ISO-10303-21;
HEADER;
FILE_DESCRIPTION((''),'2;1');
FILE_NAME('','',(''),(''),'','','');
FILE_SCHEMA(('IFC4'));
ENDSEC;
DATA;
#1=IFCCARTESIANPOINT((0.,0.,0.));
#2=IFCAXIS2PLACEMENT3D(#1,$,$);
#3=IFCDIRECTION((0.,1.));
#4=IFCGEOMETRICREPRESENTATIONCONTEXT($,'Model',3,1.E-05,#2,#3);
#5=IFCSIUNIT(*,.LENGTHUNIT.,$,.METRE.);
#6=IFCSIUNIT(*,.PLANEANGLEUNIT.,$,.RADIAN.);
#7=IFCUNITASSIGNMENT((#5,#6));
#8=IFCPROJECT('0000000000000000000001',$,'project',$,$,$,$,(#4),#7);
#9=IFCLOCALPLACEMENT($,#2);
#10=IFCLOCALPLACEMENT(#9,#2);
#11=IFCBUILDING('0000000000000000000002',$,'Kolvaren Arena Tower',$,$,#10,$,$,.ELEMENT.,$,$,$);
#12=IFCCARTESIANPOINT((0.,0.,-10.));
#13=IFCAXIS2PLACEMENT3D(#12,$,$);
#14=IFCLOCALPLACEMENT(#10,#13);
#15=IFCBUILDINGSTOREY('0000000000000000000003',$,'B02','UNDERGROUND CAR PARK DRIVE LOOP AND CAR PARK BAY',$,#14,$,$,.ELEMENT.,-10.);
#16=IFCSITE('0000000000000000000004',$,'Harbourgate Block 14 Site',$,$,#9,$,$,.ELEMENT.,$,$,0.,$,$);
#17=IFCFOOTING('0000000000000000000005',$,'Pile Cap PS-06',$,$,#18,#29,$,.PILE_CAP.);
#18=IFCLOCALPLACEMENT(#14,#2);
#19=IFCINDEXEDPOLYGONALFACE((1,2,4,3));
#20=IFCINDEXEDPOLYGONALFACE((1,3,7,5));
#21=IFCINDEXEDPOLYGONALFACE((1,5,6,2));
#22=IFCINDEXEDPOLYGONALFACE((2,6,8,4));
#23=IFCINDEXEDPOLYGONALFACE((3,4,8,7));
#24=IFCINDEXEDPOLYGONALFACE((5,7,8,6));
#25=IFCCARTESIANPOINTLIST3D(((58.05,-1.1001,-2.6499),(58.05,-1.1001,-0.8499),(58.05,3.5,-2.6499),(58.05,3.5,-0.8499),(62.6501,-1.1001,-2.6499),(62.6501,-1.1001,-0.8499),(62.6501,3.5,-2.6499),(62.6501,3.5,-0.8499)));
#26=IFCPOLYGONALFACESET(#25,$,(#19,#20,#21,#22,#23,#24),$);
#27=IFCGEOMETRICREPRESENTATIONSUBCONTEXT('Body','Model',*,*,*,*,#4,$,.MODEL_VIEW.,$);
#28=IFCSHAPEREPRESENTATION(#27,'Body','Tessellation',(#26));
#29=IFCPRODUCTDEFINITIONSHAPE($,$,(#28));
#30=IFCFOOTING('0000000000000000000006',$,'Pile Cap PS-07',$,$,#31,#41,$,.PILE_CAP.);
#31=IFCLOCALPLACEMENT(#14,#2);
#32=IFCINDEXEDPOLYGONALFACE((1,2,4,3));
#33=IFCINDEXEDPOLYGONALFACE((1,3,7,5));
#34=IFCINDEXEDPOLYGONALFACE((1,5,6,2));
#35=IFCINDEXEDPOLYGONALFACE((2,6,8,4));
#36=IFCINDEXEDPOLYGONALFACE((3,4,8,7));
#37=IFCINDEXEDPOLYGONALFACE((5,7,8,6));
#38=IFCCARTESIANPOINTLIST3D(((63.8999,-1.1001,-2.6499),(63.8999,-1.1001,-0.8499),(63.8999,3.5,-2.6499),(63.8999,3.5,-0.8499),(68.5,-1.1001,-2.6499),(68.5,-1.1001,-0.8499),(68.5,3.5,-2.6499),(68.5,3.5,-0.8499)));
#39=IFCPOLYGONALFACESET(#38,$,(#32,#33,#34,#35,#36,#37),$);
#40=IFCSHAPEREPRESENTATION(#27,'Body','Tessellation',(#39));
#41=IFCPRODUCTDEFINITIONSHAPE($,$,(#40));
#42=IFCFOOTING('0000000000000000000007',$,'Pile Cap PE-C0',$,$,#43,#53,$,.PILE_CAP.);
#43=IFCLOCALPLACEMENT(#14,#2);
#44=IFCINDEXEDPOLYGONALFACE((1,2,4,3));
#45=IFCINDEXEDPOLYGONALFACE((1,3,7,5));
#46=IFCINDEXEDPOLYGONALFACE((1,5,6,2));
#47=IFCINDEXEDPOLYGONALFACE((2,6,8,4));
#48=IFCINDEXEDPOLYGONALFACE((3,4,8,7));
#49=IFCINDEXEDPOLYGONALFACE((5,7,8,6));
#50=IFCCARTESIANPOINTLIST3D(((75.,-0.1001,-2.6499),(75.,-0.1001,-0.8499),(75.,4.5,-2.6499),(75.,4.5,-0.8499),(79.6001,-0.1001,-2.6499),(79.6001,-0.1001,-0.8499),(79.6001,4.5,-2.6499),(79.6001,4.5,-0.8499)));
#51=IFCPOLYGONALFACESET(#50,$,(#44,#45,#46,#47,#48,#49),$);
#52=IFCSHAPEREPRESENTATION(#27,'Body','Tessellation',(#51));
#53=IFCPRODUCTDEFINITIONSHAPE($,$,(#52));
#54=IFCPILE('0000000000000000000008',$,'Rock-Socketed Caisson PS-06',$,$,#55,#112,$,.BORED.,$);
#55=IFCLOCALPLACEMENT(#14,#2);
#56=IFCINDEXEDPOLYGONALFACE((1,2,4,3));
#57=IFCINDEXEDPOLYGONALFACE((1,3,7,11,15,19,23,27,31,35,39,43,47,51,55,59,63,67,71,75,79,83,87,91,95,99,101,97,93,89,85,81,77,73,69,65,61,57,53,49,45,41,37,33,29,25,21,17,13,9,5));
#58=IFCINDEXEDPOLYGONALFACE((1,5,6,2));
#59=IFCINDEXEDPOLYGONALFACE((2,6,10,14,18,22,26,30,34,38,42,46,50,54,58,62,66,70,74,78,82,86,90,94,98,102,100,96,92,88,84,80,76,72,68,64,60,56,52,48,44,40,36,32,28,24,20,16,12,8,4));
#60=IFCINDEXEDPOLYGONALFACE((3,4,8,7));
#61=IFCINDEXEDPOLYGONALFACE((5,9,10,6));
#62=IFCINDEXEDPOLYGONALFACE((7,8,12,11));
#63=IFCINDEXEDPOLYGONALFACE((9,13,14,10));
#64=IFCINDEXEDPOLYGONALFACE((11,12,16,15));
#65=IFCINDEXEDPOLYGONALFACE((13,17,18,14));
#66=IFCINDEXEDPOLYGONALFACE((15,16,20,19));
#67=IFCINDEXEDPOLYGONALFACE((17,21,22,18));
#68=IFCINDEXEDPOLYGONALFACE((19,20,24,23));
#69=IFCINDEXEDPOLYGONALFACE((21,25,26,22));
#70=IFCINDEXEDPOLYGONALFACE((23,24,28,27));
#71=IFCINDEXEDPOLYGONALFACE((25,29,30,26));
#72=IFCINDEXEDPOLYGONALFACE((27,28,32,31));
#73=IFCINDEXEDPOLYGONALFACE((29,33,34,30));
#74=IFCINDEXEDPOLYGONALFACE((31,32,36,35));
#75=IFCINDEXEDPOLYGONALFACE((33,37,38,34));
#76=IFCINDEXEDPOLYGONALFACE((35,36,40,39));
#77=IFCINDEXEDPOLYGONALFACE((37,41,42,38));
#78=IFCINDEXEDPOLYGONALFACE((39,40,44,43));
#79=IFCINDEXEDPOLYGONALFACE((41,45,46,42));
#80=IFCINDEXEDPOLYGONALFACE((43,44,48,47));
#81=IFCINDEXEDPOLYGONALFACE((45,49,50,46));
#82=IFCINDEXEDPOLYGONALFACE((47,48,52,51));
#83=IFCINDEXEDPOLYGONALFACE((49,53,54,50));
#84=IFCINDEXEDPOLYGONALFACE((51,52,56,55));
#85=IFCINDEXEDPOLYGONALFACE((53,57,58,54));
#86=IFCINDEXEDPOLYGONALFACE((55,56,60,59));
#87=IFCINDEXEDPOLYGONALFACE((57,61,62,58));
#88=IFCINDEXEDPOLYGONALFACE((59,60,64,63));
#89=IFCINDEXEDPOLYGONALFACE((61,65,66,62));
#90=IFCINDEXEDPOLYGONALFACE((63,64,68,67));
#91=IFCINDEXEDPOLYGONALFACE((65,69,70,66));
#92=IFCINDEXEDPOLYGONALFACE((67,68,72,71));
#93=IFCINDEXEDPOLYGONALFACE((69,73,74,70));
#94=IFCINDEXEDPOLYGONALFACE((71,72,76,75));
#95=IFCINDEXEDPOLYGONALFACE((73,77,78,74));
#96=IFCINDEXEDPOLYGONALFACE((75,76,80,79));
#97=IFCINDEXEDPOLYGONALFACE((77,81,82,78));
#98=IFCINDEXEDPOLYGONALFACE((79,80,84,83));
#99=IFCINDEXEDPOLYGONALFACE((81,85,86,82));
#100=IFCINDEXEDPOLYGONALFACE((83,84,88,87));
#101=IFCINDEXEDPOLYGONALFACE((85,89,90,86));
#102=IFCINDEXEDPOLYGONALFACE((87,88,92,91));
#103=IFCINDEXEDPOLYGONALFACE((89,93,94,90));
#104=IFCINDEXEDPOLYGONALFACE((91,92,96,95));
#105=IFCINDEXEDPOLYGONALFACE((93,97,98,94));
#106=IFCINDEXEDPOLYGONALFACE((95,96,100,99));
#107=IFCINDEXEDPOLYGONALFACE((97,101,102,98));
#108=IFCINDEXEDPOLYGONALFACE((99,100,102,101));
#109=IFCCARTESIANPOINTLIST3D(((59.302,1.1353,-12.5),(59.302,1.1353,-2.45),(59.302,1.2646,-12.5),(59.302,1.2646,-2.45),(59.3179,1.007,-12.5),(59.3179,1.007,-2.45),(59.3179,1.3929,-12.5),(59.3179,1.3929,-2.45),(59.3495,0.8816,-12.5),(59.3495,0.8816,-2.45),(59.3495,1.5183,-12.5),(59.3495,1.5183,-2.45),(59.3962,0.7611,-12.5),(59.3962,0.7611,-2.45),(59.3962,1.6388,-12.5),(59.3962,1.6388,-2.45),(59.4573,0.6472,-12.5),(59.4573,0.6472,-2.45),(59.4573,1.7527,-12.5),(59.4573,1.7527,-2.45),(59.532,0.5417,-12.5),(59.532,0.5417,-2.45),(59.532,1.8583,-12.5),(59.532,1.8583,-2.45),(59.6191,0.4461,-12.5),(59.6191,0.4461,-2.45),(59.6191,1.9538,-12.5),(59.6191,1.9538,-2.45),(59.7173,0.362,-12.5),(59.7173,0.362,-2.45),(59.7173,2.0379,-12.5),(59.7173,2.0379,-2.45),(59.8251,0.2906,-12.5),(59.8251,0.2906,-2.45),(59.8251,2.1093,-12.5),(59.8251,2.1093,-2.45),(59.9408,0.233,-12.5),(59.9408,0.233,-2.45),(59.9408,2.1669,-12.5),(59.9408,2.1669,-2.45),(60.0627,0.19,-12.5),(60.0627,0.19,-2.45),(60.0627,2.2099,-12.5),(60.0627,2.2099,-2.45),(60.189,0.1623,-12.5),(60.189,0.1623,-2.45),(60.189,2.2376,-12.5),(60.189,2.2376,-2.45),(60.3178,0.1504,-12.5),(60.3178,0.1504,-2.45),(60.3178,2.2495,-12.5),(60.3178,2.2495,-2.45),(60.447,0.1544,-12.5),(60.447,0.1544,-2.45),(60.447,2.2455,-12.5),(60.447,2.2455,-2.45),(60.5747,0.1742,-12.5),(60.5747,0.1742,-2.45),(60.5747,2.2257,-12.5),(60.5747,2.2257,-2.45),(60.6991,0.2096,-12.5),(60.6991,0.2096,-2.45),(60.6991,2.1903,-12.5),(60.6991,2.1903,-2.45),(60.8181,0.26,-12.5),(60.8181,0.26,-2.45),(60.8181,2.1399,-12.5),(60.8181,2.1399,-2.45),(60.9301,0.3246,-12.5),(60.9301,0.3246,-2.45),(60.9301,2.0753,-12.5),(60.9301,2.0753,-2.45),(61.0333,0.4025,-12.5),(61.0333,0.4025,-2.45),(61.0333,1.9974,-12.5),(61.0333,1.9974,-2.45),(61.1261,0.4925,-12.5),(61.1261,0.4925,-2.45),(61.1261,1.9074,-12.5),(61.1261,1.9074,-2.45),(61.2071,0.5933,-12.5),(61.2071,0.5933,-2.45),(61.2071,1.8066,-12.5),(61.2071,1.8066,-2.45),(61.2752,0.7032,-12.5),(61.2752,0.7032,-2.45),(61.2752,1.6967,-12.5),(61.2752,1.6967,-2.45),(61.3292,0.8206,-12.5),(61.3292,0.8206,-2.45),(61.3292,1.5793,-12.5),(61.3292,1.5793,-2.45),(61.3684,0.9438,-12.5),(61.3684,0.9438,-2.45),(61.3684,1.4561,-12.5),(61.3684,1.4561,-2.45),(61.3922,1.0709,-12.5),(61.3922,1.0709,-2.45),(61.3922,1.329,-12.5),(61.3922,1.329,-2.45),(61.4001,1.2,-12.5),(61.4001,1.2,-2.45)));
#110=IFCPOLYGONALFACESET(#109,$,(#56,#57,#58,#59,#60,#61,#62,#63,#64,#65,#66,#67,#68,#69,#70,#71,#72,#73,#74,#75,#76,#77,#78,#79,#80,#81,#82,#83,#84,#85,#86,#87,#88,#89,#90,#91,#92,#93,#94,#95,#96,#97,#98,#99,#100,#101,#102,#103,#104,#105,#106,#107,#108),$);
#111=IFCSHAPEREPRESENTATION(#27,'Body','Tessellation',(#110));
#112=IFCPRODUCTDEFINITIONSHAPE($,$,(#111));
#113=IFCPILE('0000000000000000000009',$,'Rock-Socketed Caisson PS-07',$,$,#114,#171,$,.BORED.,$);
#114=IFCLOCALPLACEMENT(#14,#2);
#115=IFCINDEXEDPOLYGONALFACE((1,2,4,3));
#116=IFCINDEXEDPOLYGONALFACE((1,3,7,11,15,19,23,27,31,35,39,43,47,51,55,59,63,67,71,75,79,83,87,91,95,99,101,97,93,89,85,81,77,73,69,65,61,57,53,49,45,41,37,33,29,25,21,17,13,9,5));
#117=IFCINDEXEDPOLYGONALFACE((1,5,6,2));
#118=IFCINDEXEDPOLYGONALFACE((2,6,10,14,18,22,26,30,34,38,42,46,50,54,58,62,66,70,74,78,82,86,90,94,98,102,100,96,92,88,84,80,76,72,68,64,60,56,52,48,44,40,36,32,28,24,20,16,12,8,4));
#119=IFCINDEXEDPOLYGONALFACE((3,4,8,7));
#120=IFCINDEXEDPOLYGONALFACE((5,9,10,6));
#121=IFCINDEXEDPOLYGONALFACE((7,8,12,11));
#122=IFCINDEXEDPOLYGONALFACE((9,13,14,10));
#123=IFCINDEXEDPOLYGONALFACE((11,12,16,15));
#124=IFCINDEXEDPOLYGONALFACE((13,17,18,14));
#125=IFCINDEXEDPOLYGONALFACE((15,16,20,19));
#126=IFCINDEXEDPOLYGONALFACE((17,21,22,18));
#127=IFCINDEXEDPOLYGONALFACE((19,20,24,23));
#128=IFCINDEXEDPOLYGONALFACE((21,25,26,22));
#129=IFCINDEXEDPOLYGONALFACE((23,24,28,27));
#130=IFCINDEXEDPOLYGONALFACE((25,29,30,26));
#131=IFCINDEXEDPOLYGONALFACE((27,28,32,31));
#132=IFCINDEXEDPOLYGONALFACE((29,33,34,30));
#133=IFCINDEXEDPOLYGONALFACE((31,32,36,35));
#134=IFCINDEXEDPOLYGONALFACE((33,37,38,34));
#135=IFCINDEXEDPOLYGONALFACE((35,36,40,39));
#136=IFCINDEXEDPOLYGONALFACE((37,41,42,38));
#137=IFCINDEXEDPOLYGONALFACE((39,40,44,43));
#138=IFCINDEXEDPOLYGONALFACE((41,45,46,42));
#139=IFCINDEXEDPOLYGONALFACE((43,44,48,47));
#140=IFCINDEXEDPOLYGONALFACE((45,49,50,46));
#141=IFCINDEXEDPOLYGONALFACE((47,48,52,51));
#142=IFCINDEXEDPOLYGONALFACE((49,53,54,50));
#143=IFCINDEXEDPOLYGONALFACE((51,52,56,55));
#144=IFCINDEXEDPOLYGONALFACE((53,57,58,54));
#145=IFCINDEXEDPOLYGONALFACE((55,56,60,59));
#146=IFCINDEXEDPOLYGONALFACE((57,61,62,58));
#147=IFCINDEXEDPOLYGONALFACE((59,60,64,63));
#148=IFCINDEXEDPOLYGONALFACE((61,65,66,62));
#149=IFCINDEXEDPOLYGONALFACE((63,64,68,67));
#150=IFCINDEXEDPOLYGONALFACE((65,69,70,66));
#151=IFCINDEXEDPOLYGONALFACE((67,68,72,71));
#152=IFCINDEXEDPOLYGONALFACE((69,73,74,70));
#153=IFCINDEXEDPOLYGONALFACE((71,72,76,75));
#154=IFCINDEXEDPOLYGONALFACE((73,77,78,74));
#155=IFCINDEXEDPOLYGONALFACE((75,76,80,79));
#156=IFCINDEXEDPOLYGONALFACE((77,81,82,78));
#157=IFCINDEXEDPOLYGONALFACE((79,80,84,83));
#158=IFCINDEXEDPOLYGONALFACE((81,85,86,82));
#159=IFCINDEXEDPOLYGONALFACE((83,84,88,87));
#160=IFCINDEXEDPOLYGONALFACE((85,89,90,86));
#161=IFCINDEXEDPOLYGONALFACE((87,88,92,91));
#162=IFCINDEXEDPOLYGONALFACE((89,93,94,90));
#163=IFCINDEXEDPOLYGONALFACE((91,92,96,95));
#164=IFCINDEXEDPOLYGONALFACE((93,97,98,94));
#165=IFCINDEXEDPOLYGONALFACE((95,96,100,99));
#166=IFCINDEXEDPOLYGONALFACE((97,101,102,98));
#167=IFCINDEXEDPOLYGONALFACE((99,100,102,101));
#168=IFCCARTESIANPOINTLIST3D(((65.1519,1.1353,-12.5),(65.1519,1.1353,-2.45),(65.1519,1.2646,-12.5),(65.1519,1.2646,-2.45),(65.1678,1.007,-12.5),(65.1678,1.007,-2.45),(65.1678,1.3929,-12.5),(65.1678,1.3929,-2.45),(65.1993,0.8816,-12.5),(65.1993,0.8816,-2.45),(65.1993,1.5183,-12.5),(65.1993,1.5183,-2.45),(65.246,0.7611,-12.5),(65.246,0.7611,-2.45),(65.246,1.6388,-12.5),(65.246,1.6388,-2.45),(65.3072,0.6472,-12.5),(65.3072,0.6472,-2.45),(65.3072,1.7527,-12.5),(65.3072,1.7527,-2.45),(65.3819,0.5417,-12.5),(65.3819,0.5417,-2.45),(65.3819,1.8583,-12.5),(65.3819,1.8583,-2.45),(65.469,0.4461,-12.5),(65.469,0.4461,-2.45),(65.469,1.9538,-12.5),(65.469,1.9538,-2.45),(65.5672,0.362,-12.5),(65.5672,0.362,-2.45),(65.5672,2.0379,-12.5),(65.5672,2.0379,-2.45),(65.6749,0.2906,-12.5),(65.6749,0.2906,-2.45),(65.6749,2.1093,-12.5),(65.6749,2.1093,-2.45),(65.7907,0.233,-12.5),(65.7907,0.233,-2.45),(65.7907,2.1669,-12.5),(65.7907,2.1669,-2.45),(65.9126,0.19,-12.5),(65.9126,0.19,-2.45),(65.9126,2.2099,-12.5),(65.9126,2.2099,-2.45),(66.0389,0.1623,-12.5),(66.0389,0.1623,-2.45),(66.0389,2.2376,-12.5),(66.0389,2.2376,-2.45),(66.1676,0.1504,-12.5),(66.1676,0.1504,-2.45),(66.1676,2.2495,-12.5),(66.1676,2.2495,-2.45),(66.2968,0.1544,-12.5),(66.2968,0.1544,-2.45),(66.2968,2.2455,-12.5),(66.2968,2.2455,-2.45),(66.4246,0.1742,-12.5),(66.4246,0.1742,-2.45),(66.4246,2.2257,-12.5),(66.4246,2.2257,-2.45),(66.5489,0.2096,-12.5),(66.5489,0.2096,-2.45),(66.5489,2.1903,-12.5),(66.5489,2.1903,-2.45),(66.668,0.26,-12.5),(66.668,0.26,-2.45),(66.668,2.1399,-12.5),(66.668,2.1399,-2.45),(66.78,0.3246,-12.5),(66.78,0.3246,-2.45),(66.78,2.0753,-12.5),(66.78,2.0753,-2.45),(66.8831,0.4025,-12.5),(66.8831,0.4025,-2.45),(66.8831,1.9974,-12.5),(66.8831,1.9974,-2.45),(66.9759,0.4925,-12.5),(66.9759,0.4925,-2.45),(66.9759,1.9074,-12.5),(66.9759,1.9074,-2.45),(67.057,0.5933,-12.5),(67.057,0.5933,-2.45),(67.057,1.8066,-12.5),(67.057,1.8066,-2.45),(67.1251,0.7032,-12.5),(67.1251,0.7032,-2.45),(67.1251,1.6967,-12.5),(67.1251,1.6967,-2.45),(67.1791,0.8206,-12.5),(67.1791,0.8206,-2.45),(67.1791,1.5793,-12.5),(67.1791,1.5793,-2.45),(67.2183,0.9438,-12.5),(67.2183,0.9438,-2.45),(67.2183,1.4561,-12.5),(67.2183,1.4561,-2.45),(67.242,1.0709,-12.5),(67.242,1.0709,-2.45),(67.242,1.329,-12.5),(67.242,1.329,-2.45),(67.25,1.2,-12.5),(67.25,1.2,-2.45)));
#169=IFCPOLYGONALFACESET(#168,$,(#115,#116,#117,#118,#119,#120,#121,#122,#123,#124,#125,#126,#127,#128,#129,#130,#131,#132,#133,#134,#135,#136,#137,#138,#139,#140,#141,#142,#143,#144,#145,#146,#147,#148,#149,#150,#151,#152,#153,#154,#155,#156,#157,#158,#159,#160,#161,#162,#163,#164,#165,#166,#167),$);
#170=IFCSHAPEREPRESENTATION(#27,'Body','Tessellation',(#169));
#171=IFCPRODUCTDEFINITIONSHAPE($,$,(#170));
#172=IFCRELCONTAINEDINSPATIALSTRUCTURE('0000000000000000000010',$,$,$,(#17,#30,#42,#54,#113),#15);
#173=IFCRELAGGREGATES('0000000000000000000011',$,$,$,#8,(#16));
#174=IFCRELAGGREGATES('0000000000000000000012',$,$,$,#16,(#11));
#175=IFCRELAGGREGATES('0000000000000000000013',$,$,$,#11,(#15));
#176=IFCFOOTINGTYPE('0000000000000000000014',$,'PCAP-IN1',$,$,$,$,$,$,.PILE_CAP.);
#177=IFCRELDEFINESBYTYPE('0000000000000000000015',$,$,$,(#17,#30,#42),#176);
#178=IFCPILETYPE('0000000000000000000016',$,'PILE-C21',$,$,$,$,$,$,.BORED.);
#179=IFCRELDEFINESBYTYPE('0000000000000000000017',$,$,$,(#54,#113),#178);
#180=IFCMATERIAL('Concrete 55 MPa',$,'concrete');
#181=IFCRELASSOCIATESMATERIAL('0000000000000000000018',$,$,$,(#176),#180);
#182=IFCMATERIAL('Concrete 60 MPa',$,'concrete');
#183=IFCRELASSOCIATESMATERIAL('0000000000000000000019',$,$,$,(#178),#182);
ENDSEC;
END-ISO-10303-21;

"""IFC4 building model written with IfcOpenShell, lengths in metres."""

from ifc_helpers import new_model, si_unit, direction, frame, origin, origin_2d, place, context, subcontext, project, spatial, rectangle, circle, extrude, material, material_profile, profile_set, type_object, element, save


model = new_model("IFC4")

# Units and contexts
model_context = context("Model", 3, precision=1e-05, world=origin(), true_north=direction((0.0, 1.0)))
body_context = subcontext(model_context, "Body", "Model", "MODEL_VIEW")
ifc_project = project(units=[si_unit("LENGTHUNIT", "METRE"), si_unit("PLANEANGLEUNIT", "RADIAN")], contexts=[model_context])

# Site, building, storey
site_placement = place(None, origin())
site = spatial("IfcSite", under=ifc_project, at=site_placement, Name="Harbourgate Block 14 Site", CompositionType="ELEMENT", RefElevation=0.0)
building_placement = place(site_placement, origin())
building = spatial("IfcBuilding", under=site, at=building_placement, Name="Kolvaren Arena Tower", CompositionType="ELEMENT")
storey_placement = place(building_placement, frame((0.0, 0.0, -10.0)))
storey = spatial("IfcBuildingStorey", under=building, at=storey_placement, Name="B02", Description="UNDERGROUND CAR PARK DRIVE LOOP AND CAR PARK BAY", CompositionType="ELEMENT", Elevation=-10.0)

# Footings
ifc_material_1 = material(Name="Concrete 55 MPa", Category="concrete")
footing_type = type_object("IfcFootingType", Name="PCAP-IN1", PredefinedType="PILE_CAP", material=ifc_material_1)
for number, where, z_axis, x_axis, name in (
    (1, (60.3501, 1.2, -2.6499), (0.0, 0.0, 1.0), (1.0, 0.0, 0.0), "Pile Cap PS-06"),
    (2, (66.2, 1.2, -2.6499), (0.0, 0.0, 1.0), (1.0, 0.0, 0.0), "Pile Cap PS-07"),
    (3, (77.3, 2.2, -2.6499), (0.0, 0.0, 1.0), (1.0, 0.0, 0.0), "Pile Cap PE-C0"),
):
    element("IfcFooting", number, at=place(storey_placement, frame(where, z_axis=z_axis, x_axis=x_axis)), inside=storey, type_object=footing_type, Name=name, PredefinedType="PILE_CAP", context=body_context, shape_type="SweptSolid", body=[
        extrude(rectangle(XDim=4.6001, YDim=4.6001, at=origin_2d()), origin(), (0.0, 0.0, 1.0), 1.8),
    ])

# Piles
ifc_material_2 = material(Name="Concrete 60 MPa", Category="concrete")
ifc_material_profile_1 = material_profile(ifc_material_2, circle(Radius=1.05, at=origin_2d()), Name="CAISSON-D2100")
ifc_profile_set_1 = profile_set([ifc_material_profile_1], Name="Concrete 60 MPa")
pile_type = type_object("IfcPileType", Name="PILE-C21", PredefinedType="BORED", material=ifc_profile_set_1)
for number, where, z_axis, x_axis, name in (
    (4, (60.3501, 1.2, -2.45), (0.0, 0.0, -1.0), (1.0, 0.0, 0.0), "Rock-Socketed Caisson PS-06"),
    (5, (66.2, 1.2, -2.45), (0.0, 0.0, -1.0), (1.0, 0.0, 0.0), "Rock-Socketed Caisson PS-07"),
):
    element("IfcPile", number, at=place(storey_placement, frame(where, z_axis=z_axis, x_axis=x_axis)), inside=storey, type_object=pile_type, Name=name, PredefinedType="BORED", context=body_context, shape_type="SweptSolid", body=[
        extrude(circle(Radius=1.05, at=origin_2d()), origin(), (0.0, 0.0, 1.0), 10.05),
    ])

save(model, "model.ifc")
